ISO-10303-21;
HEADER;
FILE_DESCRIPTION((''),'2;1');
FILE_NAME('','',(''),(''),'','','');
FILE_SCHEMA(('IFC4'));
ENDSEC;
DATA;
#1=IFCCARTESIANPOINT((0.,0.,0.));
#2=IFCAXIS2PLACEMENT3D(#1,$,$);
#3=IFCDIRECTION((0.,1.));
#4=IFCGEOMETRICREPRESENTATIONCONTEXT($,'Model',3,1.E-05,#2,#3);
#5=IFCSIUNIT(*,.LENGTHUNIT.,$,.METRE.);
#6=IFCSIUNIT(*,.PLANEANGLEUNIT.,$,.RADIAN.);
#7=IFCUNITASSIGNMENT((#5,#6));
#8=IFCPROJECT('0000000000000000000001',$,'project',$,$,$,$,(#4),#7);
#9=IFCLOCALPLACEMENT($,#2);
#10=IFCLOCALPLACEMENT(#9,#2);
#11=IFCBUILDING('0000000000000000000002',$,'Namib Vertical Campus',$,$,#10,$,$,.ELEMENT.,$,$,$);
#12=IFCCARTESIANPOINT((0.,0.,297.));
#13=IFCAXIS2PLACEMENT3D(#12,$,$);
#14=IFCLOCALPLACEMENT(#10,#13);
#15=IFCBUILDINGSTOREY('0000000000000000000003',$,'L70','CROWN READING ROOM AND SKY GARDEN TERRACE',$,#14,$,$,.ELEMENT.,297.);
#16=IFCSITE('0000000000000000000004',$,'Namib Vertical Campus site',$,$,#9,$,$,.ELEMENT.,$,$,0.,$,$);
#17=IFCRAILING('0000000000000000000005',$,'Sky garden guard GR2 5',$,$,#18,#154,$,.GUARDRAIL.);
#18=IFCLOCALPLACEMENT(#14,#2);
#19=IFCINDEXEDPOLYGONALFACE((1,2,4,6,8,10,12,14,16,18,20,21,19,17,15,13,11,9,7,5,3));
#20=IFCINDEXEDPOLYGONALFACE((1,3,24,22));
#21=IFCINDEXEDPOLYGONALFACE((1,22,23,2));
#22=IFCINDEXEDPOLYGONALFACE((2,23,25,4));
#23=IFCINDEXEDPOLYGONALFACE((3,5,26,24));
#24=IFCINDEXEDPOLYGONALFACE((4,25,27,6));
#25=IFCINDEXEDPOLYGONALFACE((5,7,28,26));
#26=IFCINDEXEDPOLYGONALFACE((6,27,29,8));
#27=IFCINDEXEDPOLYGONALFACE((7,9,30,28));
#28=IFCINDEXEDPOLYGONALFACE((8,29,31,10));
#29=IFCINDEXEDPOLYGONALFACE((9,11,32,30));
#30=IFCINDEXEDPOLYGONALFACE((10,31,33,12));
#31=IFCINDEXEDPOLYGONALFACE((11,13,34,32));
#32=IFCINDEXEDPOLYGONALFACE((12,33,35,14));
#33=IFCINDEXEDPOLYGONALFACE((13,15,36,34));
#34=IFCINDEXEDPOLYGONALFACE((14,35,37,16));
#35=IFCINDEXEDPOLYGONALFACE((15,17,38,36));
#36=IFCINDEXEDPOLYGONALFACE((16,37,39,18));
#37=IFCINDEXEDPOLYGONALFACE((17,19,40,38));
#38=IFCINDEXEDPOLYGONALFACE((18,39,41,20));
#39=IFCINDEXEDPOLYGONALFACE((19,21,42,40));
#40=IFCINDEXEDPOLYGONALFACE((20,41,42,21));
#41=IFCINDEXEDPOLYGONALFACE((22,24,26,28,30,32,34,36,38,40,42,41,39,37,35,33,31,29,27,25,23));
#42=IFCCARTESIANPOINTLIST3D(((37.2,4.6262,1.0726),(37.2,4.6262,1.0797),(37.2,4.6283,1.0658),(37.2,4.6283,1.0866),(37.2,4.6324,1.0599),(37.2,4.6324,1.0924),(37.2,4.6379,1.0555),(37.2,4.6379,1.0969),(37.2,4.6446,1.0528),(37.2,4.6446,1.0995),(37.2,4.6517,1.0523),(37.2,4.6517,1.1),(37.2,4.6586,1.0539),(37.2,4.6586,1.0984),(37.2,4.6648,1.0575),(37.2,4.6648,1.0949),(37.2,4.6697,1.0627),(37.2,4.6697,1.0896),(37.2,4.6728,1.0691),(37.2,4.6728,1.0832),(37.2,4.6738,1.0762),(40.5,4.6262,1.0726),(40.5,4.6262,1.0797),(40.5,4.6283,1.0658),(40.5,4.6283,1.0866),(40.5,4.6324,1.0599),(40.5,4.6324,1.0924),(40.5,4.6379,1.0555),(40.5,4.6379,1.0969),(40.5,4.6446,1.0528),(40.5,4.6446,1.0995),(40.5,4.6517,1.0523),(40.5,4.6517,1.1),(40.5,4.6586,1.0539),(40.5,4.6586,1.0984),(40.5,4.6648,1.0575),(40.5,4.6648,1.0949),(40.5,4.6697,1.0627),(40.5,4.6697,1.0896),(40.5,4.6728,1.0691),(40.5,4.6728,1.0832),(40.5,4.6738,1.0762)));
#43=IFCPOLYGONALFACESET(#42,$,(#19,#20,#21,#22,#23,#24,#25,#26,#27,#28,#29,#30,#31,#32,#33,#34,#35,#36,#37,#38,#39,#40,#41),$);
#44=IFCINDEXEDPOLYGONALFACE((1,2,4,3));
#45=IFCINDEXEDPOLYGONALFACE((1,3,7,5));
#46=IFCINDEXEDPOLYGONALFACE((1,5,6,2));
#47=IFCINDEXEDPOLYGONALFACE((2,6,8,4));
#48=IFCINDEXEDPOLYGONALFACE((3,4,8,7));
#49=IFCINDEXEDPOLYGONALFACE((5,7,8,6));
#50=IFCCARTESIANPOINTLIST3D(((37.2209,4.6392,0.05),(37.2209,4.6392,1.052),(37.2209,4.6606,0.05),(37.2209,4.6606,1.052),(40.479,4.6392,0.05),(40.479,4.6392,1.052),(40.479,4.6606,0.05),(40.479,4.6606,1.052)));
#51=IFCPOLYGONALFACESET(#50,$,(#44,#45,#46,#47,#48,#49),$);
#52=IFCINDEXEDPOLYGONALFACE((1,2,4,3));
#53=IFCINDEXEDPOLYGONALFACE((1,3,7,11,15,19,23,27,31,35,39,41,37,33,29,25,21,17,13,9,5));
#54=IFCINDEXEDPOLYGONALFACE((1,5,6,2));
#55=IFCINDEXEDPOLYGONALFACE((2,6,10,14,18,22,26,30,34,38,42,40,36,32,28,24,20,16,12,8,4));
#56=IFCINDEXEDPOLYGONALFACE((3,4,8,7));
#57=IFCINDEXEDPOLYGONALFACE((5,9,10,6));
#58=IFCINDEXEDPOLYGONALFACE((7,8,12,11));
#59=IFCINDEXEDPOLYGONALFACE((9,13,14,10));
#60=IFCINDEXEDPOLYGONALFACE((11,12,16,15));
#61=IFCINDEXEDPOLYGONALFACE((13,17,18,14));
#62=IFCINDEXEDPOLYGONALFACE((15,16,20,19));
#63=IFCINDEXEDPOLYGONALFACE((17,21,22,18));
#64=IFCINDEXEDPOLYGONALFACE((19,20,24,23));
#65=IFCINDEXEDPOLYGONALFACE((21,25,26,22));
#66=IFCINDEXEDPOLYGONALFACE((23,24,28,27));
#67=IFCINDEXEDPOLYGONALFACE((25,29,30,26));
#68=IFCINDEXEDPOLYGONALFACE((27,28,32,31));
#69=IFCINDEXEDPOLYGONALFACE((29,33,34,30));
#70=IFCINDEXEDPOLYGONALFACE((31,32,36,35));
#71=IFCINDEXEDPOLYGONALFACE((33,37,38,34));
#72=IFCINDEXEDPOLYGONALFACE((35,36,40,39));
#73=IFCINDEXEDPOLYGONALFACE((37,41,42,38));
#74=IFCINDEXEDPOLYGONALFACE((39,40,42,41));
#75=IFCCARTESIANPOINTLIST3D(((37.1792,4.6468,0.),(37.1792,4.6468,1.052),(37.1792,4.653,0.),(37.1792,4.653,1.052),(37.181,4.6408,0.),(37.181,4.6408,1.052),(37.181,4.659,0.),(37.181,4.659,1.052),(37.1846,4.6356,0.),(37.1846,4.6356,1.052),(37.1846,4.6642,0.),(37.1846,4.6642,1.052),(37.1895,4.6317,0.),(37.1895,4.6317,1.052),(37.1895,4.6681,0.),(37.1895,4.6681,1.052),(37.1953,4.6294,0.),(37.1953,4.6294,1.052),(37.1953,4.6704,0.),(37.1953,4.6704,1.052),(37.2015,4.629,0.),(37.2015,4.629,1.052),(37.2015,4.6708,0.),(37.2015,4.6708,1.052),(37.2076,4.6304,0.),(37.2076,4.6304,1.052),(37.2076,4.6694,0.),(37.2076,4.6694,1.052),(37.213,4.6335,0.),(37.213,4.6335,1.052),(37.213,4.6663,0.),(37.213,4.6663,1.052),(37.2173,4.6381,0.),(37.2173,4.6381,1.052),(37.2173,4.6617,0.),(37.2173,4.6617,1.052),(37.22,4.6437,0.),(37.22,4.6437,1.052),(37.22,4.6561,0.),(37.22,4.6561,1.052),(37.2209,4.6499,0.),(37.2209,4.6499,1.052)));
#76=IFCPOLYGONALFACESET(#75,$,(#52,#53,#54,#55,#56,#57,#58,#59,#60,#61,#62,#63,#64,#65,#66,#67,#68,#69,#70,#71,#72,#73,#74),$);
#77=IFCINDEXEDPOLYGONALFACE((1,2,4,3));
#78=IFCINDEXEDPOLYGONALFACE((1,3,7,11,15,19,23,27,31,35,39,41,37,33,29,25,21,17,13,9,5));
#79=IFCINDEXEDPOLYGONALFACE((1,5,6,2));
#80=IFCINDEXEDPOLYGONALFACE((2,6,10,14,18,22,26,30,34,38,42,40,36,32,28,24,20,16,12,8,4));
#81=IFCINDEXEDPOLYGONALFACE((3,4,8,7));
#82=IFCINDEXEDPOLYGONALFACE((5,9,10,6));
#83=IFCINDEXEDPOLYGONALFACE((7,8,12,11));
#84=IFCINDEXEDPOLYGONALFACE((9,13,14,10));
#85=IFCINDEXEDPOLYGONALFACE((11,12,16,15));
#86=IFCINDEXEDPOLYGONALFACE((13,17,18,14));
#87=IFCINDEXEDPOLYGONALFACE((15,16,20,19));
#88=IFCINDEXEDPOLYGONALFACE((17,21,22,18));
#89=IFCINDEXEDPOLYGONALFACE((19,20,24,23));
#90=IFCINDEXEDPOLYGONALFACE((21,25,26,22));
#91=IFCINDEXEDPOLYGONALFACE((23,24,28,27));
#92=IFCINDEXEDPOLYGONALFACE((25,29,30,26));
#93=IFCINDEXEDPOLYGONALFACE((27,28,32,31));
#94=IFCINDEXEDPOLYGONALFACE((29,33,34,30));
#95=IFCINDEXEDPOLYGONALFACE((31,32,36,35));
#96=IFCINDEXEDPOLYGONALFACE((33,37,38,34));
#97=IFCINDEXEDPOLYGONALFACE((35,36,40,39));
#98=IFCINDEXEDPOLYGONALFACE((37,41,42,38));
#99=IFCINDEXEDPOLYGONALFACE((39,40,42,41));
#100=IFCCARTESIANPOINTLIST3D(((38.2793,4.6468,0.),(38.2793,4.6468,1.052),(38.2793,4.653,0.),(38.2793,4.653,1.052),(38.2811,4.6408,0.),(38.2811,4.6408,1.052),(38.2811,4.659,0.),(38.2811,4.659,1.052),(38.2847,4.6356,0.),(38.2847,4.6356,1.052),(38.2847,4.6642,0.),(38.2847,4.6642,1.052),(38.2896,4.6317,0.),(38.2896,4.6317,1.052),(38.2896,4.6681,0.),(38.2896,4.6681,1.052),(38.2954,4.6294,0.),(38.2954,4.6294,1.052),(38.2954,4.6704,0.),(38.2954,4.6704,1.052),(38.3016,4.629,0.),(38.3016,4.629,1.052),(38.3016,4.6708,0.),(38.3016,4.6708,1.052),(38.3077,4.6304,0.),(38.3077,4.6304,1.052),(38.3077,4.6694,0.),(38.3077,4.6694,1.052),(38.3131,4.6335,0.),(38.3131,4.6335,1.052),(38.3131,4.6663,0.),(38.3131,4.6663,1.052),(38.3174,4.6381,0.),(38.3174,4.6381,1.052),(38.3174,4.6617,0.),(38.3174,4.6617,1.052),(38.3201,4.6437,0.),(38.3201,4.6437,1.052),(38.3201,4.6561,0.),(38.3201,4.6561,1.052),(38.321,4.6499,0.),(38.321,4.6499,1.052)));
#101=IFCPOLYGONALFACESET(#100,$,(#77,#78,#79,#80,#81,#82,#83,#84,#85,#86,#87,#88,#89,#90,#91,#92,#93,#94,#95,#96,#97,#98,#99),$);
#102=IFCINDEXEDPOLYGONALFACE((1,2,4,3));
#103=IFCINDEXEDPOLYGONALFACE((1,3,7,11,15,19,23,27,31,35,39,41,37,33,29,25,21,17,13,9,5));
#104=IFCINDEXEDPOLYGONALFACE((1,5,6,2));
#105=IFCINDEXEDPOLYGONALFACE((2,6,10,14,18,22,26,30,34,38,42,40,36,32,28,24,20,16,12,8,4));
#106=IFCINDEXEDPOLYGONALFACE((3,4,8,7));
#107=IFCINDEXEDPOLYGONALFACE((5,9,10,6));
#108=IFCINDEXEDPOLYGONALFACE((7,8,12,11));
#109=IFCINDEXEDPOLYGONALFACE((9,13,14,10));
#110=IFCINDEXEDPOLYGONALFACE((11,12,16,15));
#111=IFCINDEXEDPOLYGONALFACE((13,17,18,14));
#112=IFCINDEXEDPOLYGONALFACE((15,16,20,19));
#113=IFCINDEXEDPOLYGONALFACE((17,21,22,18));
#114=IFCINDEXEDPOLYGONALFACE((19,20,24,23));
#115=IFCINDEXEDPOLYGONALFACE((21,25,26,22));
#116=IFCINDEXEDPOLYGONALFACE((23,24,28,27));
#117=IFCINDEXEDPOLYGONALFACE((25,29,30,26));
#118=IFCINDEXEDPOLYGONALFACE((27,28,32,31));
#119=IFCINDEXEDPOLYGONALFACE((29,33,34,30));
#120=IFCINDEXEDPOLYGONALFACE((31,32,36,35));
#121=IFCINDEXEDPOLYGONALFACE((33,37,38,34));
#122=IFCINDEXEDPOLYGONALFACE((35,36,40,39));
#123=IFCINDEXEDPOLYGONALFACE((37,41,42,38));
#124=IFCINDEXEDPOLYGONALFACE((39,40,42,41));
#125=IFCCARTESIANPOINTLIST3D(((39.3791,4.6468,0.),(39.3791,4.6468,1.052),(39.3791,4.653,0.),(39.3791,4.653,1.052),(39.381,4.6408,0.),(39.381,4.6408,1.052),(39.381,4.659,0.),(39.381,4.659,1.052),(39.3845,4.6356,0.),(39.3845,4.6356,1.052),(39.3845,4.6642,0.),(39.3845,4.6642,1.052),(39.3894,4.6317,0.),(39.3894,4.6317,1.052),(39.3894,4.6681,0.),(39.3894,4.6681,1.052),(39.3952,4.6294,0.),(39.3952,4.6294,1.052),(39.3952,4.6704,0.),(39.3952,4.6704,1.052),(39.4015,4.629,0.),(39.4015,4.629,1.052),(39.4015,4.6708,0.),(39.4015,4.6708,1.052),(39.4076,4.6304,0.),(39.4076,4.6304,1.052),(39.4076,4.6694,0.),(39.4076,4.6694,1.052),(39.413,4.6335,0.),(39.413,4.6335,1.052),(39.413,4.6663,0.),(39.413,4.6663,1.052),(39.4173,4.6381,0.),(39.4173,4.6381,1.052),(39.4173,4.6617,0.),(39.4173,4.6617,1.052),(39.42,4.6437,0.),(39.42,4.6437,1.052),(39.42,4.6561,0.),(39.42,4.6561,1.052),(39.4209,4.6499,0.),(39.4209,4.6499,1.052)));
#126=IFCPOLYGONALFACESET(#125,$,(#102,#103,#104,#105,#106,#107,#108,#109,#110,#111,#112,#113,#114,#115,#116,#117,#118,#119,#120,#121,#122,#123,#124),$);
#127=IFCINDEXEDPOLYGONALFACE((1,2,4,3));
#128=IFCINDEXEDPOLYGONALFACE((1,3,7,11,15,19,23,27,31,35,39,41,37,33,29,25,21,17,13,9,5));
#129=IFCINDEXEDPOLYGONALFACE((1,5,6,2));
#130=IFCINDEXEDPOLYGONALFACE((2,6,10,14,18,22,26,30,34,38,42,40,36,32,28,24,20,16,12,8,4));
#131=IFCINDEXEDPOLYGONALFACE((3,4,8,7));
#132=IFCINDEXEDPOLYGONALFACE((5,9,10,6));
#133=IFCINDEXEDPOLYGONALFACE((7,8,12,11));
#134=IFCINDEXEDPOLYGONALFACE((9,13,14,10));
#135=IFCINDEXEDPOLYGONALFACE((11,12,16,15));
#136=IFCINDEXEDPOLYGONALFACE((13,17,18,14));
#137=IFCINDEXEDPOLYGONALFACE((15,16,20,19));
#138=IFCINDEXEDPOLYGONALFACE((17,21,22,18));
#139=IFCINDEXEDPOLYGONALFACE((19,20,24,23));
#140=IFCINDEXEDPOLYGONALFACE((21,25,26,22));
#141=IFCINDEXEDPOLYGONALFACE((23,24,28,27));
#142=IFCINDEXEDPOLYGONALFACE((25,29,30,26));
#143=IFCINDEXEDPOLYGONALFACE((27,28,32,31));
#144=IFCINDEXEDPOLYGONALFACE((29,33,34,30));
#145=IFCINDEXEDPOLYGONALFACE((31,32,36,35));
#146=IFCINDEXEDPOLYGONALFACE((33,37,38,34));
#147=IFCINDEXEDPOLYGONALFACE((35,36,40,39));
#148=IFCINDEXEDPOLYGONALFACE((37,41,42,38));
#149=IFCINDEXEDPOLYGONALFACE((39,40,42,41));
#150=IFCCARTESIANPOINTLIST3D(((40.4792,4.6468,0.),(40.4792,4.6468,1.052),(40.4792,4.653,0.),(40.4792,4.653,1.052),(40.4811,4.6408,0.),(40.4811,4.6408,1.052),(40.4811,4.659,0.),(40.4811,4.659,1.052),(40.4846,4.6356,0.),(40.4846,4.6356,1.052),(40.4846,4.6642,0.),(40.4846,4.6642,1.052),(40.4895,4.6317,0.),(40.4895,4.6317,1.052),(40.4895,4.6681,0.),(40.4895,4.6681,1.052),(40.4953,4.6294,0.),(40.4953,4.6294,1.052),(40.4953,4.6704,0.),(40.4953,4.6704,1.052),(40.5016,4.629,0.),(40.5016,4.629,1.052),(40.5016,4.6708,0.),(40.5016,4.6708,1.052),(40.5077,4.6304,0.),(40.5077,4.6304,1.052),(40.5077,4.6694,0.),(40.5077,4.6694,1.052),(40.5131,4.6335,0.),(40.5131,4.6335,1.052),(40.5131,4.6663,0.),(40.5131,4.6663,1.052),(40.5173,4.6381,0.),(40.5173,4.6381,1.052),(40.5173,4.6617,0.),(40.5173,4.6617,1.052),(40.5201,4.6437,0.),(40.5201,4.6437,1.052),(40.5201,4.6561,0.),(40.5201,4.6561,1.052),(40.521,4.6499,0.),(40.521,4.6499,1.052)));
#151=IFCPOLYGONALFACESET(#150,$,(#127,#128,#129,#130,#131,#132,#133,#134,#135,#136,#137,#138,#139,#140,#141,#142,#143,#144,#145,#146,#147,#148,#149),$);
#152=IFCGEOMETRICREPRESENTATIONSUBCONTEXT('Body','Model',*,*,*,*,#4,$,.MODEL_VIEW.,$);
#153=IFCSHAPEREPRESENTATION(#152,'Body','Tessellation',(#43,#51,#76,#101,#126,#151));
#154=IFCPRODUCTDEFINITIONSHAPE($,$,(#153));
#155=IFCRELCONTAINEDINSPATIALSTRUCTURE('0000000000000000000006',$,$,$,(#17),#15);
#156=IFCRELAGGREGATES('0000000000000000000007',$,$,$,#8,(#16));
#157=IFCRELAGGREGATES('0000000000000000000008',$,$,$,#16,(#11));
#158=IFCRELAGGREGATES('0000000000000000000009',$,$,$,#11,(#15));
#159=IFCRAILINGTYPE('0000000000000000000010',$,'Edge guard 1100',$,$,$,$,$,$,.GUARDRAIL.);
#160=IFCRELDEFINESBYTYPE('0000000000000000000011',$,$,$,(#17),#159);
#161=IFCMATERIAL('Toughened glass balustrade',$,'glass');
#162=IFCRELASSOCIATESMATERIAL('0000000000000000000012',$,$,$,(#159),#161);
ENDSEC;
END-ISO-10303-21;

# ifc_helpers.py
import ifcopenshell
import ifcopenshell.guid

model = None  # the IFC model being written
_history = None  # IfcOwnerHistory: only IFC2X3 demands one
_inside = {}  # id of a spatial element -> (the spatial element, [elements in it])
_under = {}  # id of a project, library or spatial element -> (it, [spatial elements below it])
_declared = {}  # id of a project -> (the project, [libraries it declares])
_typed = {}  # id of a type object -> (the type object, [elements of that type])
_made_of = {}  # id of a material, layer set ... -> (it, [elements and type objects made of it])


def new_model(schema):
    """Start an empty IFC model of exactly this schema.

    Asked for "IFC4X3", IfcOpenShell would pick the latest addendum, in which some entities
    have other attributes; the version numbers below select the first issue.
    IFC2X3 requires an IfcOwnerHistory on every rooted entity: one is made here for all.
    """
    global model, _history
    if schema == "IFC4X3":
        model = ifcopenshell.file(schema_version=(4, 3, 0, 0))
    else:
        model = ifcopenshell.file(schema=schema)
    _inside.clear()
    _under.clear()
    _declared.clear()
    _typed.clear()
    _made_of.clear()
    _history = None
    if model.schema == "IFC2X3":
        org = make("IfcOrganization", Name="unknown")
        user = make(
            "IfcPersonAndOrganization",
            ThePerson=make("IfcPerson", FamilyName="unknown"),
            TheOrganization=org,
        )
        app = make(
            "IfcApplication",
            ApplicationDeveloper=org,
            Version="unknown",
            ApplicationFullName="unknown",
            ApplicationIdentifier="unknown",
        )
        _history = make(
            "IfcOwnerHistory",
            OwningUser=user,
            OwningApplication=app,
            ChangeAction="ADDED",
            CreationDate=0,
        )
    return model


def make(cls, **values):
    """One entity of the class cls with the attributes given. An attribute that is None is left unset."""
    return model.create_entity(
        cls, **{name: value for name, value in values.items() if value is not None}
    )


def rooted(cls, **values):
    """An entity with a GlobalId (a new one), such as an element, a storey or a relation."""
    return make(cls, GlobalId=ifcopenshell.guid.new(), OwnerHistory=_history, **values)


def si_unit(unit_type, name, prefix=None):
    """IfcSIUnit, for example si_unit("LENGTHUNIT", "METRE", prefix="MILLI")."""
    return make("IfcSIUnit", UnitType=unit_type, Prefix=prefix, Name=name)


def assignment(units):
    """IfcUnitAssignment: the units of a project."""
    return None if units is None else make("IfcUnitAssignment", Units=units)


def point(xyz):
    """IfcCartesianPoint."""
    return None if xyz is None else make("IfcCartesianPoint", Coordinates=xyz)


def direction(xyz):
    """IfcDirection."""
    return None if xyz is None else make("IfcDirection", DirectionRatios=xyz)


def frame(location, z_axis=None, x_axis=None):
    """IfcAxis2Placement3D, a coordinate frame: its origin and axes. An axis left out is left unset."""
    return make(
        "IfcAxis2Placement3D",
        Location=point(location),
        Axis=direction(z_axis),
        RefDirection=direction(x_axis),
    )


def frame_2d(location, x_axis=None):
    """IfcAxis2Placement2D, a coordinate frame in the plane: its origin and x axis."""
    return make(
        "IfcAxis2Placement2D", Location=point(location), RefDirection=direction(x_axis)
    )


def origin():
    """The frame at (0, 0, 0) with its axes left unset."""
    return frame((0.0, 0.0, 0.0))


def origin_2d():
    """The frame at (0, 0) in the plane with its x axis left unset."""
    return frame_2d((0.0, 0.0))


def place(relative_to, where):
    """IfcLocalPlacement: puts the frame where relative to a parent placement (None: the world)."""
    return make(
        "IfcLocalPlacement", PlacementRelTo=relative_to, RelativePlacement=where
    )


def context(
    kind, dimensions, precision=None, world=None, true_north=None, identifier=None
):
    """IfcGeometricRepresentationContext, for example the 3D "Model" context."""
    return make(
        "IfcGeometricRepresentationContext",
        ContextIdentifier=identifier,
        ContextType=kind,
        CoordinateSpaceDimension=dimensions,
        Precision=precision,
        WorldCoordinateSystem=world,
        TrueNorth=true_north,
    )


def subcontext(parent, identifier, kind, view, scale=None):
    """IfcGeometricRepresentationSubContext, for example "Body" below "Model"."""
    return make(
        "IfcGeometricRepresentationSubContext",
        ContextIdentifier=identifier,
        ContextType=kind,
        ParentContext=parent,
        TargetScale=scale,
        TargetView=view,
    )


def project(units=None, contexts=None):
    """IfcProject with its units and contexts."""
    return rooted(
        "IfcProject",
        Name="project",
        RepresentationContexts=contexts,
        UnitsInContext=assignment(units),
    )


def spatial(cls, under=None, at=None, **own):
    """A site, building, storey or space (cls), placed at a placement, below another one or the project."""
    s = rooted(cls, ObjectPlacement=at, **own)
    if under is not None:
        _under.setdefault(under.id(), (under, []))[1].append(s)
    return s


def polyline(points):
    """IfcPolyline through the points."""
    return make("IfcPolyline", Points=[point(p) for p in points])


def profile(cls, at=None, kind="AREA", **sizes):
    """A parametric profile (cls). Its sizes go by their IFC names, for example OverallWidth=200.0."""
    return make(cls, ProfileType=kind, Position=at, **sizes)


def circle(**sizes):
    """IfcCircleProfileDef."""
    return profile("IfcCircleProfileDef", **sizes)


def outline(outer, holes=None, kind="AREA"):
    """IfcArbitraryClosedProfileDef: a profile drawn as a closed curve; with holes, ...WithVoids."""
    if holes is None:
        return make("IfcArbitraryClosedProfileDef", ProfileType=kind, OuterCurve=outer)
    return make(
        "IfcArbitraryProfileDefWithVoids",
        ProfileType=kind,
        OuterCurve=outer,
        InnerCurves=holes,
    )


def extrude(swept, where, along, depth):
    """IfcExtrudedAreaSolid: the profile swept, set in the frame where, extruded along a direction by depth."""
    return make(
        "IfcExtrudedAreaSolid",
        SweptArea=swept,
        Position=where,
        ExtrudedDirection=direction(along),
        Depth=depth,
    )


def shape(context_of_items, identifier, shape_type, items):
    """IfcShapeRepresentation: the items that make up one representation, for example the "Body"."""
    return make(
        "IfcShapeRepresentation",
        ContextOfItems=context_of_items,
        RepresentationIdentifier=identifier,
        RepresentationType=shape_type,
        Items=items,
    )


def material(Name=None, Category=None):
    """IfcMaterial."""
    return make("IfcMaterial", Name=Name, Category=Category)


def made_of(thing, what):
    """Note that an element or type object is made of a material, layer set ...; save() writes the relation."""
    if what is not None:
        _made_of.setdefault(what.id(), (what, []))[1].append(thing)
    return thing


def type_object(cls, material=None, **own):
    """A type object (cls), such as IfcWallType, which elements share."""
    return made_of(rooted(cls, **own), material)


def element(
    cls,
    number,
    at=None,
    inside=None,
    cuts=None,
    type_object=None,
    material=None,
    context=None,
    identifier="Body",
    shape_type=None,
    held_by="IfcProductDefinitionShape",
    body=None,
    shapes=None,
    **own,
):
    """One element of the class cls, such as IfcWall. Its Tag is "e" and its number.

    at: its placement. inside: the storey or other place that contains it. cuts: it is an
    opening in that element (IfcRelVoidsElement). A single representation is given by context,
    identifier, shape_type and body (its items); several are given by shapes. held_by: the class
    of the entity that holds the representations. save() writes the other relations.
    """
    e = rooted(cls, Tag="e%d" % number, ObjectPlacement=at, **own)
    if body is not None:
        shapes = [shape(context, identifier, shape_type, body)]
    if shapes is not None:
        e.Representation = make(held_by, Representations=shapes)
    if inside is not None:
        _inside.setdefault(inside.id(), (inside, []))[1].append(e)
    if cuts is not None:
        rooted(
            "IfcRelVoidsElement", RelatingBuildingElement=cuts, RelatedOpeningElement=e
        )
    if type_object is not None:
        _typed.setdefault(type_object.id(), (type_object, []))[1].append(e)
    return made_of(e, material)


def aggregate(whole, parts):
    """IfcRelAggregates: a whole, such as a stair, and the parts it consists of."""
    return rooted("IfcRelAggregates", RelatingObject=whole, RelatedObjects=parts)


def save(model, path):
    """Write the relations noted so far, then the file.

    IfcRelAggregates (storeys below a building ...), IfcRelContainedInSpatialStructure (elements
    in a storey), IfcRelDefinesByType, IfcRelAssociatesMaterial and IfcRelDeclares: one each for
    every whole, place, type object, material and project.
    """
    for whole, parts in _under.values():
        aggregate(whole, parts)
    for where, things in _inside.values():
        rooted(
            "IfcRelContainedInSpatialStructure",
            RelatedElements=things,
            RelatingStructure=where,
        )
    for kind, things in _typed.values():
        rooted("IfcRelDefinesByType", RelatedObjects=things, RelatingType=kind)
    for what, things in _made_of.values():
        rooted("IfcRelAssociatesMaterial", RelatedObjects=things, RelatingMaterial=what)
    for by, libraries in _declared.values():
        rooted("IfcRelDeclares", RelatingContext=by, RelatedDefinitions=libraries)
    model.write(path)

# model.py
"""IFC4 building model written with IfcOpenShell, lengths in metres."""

from ifc_helpers import new_model, si_unit, direction, frame, origin, origin_2d, place, context, subcontext, project, spatial, polyline, circle, outline, extrude, material, type_object, element, save


model = new_model("IFC4")

# Units and contexts
model_context = context("Model", 3, precision=1e-05, world=origin(), true_north=direction((0.0, 1.0)))
body_context = subcontext(model_context, "Body", "Model", "MODEL_VIEW")
ifc_project = project(units=[si_unit("LENGTHUNIT", "METRE"), si_unit("PLANEANGLEUNIT", "RADIAN")], contexts=[model_context])

# Site, building, storey
site_placement = place(None, origin())
site = spatial("IfcSite", under=ifc_project, at=site_placement, Name="Namib Vertical Campus site", CompositionType="ELEMENT", RefElevation=0.0)
building_placement = place(site_placement, origin())
building = spatial("IfcBuilding", under=site, at=building_placement, Name="Namib Vertical Campus", CompositionType="ELEMENT")
storey_placement = place(building_placement, frame((0.0, 0.0, 297.0)))
storey = spatial("IfcBuildingStorey", under=building, at=storey_placement, Name="L70", Description="CROWN READING ROOM AND SKY GARDEN TERRACE", CompositionType="ELEMENT", Elevation=297.0)

# Railing
ifc_material_1 = material(Name="Toughened glass balustrade", Category="glass")
railing_type = type_object("IfcRailingType", Name="Edge guard 1100", PredefinedType="GUARDRAIL", material=ifc_material_1)
railing_1_placement = place(storey_placement, frame((37.2, 4.6499, 0.0)))
element("IfcRailing", 1, at=railing_1_placement, inside=storey, type_object=railing_type, Name="Sky garden guard GR2 5", PredefinedType="GUARDRAIL", context=body_context, shape_type="SweptSolid", body=[
    extrude(circle(Radius=0.0239, at=origin_2d()), frame((0.0, 0.0, 1.0762), z_axis=(1.0, 0.0, 0.0), x_axis=(0.0, 1.0, 0.0)), (0.0, 0.0, 1.0), 3.3),
    extrude(outline(polyline([(0.021, 0.05), (3.2791, 0.05), (3.2791, 1.052), (0.021, 1.052), (0.021, 0.05)])), frame((0.0, 0.0107, 0.0), z_axis=(0.0, -1.0, 0.0), x_axis=(1.0, 0.0, 0.0)), (0.0, 0.0, 1.0), 0.0215),
    extrude(circle(Radius=0.021, at=origin_2d()), origin(), (0.0, 0.0, 1.0), 1.052),
    extrude(circle(Radius=0.021, at=origin_2d()), frame((1.1001, 0.0, 0.0)), (0.0, 0.0, 1.0), 1.052),
    extrude(circle(Radius=0.021, at=origin_2d()), frame((2.2, 0.0, 0.0)), (0.0, 0.0, 1.0), 1.052),
    extrude(circle(Radius=0.021, at=origin_2d()), frame((3.3, 0.0, 0.0)), (0.0, 0.0, 1.0), 1.052),
])

save(model, "model.ifc")
